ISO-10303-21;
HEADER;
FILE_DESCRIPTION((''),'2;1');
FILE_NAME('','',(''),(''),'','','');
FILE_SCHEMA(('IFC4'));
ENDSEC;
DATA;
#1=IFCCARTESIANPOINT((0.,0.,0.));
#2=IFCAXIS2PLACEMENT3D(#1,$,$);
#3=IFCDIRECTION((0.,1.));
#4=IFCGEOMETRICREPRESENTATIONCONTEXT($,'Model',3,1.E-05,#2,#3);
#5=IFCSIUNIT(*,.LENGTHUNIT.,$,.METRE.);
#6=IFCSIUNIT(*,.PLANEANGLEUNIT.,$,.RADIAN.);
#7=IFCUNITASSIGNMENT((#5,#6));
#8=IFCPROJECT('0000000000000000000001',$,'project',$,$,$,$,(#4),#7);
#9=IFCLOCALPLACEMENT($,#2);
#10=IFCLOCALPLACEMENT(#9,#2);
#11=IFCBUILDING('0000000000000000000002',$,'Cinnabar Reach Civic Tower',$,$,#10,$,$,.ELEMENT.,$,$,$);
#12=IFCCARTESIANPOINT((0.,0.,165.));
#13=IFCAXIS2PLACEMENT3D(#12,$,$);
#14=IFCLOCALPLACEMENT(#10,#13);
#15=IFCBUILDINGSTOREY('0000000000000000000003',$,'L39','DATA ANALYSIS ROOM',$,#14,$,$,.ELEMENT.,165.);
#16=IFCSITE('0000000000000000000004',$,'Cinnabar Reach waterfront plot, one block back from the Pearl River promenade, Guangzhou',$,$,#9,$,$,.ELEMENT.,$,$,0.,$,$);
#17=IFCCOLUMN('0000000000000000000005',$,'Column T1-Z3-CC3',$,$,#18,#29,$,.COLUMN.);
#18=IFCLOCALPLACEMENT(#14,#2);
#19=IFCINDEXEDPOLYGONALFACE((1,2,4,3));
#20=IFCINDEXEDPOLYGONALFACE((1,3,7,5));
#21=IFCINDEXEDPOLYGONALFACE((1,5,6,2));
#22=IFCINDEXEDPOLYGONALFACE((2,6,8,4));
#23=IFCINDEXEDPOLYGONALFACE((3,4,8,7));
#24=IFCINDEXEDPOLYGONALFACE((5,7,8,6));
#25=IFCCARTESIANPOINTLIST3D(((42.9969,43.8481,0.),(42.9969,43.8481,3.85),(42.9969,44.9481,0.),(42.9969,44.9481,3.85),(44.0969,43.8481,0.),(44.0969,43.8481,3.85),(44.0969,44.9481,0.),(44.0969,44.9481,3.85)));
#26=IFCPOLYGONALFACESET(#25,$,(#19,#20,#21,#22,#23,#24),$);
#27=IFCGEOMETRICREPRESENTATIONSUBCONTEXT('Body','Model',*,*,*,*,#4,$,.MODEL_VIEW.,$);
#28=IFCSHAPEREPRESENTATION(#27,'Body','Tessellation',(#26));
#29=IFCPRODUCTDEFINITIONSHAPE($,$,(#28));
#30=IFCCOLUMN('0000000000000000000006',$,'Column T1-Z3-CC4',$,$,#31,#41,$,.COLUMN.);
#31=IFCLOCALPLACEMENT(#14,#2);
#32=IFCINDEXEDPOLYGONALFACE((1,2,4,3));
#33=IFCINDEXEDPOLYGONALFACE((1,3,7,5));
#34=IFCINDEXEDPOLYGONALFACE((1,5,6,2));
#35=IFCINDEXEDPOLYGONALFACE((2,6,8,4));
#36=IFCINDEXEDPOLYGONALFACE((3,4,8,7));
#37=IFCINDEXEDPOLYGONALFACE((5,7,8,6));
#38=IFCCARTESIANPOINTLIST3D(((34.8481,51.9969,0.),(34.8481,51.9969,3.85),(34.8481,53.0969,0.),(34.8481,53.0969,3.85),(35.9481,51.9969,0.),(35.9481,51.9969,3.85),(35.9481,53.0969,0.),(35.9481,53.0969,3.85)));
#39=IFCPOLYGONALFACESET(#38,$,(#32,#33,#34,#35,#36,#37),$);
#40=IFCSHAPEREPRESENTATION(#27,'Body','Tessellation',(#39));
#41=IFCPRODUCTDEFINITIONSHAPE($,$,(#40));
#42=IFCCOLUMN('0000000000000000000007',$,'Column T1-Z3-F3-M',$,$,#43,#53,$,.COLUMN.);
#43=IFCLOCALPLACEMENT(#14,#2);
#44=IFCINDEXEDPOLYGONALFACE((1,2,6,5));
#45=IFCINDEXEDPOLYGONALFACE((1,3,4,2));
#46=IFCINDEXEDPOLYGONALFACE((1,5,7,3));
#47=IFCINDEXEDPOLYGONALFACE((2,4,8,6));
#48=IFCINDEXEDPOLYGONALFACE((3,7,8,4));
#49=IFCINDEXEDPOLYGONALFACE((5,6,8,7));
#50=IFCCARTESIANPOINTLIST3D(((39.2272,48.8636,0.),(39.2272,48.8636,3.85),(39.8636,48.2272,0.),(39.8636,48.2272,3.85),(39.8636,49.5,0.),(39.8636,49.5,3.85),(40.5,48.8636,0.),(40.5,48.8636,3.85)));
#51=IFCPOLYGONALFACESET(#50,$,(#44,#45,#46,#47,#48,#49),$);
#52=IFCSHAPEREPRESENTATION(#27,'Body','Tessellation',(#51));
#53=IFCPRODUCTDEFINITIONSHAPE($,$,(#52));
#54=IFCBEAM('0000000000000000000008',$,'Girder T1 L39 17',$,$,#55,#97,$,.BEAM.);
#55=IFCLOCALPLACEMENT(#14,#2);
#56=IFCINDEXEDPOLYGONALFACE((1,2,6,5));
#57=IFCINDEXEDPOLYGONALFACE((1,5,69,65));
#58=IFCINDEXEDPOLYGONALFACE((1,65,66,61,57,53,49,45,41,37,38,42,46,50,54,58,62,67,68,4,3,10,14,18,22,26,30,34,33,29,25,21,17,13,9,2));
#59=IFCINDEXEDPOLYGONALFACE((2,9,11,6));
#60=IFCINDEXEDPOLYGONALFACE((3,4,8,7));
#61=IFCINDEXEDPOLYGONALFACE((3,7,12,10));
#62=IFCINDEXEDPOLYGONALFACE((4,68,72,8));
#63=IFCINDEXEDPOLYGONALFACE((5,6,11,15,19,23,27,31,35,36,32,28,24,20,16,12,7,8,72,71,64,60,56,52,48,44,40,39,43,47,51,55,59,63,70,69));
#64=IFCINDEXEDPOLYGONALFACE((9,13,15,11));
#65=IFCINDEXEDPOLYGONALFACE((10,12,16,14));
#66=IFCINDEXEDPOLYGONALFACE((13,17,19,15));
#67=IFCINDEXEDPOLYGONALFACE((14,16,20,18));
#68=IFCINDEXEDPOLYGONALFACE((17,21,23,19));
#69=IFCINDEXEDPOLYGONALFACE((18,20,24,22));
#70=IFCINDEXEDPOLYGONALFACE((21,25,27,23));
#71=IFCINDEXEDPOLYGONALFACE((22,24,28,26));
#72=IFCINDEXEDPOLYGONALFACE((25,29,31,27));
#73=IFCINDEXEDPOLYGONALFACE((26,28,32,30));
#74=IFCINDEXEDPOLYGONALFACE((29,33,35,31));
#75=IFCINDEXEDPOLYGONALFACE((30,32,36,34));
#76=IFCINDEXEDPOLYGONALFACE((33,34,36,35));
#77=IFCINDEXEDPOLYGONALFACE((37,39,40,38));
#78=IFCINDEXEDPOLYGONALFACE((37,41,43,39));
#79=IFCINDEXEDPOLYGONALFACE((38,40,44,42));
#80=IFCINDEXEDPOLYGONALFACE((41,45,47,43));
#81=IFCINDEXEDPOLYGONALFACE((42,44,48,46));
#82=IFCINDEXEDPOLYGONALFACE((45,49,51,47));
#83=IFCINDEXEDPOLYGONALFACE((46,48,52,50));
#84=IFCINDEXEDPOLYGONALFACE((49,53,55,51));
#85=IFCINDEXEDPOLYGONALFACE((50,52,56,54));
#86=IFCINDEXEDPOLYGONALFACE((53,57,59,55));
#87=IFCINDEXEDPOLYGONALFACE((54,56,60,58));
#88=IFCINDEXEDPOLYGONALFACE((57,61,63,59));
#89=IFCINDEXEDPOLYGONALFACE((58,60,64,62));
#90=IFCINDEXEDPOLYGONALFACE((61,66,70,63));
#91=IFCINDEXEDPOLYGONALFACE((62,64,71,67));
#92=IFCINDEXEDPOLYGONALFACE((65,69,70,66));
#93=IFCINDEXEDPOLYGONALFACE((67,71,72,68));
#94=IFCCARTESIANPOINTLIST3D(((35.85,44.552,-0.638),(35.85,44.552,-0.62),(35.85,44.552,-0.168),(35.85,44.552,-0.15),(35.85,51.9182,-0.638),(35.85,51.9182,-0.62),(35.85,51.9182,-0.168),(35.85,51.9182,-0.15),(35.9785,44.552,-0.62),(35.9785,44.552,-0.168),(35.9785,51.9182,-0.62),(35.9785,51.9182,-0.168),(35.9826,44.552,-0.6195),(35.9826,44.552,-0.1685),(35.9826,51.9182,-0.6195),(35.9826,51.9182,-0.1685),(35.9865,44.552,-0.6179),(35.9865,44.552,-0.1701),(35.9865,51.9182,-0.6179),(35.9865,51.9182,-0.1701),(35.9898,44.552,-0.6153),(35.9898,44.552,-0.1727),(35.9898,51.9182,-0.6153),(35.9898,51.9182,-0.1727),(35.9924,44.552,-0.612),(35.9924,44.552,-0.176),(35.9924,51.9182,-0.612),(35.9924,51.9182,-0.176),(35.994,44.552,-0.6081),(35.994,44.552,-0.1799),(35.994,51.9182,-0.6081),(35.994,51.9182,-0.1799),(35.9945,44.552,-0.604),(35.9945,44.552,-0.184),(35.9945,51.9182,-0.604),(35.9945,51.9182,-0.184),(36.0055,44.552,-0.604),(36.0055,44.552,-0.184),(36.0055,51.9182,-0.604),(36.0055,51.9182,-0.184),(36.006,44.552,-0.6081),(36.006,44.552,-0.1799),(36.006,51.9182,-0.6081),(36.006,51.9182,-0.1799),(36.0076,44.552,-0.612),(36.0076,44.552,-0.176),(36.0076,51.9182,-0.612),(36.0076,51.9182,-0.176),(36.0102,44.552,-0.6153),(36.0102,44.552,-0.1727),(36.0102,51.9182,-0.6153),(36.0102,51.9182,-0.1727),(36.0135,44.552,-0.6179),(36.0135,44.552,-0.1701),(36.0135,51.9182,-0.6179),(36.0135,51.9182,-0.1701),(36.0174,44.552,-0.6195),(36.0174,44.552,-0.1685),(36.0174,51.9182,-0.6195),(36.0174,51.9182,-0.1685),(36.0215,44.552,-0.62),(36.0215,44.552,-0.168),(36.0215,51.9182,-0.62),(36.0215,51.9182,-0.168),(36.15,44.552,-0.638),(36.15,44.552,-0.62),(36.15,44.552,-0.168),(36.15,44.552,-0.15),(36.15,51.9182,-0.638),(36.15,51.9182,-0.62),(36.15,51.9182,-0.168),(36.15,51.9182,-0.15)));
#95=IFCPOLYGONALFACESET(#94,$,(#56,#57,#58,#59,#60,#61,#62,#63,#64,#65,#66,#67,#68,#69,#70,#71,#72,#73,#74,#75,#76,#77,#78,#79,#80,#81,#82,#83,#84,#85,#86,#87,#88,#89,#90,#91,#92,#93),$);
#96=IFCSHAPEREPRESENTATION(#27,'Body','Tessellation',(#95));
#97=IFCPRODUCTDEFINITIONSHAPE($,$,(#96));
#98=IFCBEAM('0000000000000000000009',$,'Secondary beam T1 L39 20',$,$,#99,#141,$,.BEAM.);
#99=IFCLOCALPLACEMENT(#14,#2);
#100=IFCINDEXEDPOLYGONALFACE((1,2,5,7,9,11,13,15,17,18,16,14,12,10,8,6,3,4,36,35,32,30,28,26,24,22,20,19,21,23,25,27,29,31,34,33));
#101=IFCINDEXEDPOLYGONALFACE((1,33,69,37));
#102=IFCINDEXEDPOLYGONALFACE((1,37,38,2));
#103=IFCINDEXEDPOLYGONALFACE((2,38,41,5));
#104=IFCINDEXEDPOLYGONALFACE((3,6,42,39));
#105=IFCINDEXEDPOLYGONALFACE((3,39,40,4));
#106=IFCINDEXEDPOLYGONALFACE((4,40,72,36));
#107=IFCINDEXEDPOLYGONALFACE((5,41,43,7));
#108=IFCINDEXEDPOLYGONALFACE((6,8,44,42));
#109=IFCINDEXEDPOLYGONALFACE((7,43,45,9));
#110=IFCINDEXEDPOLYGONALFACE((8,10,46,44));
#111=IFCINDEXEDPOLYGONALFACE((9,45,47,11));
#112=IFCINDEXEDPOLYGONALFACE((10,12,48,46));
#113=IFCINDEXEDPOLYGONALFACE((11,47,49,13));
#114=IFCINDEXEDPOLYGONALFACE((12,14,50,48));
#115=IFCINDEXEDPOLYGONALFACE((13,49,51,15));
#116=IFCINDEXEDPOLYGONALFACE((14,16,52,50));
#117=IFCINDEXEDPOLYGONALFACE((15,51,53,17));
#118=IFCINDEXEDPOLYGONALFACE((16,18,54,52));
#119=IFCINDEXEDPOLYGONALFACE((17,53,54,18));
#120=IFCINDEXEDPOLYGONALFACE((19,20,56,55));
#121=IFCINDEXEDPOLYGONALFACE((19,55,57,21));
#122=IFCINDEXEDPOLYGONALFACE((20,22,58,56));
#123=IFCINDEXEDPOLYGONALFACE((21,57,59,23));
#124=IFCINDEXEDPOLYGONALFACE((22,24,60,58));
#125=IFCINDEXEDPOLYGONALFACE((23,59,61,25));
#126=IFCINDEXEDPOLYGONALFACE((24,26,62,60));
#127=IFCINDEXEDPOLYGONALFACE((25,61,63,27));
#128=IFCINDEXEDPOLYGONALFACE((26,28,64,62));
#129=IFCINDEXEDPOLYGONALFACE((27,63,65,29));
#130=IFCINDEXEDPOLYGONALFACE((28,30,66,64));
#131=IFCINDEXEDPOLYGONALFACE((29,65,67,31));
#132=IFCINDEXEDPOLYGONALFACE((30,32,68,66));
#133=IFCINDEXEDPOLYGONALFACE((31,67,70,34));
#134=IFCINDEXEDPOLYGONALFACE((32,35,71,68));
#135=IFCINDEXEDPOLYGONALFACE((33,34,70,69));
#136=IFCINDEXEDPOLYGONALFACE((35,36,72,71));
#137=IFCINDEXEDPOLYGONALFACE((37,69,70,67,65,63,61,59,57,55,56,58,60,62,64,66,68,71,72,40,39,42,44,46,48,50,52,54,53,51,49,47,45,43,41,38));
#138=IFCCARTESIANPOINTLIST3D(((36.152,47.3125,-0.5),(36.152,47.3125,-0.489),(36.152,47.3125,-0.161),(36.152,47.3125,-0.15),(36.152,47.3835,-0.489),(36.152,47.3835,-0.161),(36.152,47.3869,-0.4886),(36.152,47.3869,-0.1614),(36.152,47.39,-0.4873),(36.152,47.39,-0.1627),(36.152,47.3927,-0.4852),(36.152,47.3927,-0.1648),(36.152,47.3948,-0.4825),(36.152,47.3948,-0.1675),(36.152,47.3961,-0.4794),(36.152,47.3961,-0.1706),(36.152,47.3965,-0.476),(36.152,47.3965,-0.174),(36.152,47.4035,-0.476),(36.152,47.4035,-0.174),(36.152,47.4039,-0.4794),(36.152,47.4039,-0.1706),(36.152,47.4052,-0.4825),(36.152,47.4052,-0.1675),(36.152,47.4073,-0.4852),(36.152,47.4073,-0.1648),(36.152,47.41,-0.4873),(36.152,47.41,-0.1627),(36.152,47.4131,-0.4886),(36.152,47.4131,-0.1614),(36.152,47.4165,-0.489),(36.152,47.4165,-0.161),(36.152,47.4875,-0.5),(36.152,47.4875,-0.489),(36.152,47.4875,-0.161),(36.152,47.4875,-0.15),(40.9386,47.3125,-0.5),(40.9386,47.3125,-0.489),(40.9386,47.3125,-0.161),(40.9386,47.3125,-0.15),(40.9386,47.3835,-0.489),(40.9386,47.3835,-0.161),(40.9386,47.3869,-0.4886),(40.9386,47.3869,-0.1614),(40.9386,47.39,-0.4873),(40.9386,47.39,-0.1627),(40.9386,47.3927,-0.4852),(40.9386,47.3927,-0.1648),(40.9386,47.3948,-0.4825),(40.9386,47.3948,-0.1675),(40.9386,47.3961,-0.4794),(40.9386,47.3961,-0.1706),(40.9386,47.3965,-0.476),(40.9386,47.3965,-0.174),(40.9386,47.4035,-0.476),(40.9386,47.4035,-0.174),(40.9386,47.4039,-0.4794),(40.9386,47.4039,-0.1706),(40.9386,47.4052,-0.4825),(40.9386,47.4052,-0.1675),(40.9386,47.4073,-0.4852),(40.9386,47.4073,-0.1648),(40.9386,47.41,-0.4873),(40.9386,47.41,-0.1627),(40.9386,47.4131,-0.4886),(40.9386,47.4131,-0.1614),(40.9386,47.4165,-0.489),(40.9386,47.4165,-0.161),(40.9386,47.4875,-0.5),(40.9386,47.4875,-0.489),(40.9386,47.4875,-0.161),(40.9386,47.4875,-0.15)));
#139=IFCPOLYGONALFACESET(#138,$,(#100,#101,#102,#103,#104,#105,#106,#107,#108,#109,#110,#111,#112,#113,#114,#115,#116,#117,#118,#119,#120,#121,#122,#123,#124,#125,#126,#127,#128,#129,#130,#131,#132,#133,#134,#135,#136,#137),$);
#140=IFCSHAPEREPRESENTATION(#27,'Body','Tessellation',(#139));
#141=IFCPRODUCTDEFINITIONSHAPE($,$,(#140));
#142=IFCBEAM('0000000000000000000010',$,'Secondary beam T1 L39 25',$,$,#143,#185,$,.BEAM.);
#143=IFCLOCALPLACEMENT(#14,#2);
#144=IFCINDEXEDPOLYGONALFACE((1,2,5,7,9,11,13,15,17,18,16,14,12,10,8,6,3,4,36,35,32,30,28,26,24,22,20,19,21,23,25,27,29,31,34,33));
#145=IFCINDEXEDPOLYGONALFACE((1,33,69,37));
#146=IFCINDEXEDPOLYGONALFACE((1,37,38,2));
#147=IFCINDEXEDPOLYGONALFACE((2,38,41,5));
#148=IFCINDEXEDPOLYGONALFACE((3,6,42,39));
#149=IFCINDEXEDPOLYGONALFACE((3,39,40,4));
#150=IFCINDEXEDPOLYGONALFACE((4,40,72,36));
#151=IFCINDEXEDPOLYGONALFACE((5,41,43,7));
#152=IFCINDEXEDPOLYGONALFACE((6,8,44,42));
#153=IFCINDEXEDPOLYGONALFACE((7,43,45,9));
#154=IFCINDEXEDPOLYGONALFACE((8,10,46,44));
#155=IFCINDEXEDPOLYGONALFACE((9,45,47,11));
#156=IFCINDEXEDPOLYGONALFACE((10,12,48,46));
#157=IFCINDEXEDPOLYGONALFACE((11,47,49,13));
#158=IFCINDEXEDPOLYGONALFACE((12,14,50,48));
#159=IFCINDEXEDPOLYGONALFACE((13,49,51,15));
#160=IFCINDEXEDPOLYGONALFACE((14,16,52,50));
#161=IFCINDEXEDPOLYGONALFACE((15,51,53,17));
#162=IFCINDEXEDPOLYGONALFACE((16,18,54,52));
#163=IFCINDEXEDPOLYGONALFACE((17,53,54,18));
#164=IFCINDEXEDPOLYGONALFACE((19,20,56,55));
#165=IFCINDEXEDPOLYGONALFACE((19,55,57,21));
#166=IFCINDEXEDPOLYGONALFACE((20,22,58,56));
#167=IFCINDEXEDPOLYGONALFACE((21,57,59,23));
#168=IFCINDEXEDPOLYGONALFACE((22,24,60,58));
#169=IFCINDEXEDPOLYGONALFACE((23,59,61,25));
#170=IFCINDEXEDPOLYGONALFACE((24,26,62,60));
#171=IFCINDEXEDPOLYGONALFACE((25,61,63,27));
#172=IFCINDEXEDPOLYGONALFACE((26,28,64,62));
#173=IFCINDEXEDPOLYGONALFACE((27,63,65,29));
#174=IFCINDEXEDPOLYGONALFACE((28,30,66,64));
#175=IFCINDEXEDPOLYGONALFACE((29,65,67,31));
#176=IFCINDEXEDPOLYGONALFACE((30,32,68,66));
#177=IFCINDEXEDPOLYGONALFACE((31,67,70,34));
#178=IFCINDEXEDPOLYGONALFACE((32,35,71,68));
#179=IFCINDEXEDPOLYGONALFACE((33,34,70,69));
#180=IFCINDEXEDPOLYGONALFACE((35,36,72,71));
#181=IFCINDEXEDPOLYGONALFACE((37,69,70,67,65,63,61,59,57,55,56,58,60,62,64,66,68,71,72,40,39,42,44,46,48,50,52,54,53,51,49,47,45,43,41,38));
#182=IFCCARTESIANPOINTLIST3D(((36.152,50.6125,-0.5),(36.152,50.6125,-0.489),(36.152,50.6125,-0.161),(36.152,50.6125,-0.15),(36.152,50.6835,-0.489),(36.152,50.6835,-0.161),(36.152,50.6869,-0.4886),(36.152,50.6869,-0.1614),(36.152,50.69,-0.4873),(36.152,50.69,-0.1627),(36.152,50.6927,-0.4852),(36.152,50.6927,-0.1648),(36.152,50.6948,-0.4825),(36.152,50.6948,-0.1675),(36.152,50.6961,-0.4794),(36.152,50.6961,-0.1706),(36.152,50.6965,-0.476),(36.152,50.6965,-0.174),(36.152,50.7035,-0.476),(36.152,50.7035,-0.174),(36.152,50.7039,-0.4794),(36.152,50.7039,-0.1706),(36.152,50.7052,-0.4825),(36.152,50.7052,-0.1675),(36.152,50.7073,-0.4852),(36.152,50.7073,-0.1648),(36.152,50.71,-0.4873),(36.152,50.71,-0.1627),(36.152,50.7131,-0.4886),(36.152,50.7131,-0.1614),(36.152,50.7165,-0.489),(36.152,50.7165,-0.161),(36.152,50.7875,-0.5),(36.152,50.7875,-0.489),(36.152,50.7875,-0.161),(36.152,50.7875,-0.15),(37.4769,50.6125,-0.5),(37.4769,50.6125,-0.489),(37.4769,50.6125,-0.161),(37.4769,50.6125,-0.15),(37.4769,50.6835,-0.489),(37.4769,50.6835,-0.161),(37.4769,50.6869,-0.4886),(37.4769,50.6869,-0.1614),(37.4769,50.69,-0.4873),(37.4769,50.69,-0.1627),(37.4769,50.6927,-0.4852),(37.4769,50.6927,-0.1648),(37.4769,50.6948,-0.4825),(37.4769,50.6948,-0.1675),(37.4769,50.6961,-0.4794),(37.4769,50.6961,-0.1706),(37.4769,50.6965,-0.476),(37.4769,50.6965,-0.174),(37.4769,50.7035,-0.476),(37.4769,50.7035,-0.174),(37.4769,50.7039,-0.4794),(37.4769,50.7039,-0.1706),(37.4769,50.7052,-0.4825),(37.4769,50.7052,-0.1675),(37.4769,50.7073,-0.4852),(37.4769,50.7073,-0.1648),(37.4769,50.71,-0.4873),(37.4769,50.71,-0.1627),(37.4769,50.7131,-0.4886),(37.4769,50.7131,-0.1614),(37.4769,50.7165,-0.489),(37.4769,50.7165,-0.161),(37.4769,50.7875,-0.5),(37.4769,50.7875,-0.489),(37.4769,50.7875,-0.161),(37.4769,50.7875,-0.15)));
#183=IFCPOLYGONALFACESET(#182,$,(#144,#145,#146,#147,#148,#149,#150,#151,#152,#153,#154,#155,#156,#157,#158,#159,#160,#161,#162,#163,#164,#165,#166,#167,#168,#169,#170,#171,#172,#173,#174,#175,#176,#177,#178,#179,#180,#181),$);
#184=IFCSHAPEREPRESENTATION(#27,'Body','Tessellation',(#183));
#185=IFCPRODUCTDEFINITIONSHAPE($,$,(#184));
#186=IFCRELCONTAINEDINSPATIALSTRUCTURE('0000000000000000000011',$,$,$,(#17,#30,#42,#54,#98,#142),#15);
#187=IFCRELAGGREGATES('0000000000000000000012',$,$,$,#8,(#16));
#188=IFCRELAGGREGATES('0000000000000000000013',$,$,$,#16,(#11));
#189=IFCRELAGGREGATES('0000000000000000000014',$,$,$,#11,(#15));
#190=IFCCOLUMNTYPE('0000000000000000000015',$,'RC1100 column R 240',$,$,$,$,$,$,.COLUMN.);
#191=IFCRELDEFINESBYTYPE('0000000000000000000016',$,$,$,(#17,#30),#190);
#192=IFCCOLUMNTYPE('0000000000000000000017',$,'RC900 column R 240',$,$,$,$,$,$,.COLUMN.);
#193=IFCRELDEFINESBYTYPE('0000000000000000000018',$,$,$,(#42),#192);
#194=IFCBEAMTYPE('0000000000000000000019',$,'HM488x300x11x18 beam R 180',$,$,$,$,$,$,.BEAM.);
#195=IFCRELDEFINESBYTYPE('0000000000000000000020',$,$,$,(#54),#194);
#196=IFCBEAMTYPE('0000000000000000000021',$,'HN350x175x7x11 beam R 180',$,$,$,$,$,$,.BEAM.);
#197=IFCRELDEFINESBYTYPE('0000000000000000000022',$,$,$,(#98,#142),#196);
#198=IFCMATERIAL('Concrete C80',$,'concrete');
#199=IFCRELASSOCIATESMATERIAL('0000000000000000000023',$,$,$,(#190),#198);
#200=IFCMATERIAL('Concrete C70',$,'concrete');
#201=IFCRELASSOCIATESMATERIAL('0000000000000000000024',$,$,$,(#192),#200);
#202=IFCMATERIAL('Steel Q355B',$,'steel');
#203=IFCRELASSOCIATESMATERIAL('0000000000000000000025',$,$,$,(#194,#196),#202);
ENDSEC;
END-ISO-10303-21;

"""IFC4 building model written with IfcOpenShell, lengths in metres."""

from ifc_helpers import new_model, si_unit, direction, frame, origin, origin_2d, place, context, subcontext, project, spatial, rectangle, i_section, extrude, material, material_profile, profile_set, type_object, element, save


model = new_model("IFC4")

# Units and contexts
model_context = context("Model", 3, precision=1e-05, world=origin(), true_north=direction((0.0, 1.0)))
body_context = subcontext(model_context, "Body", "Model", "MODEL_VIEW")
ifc_project = project(units=[si_unit("LENGTHUNIT", "METRE"), si_unit("PLANEANGLEUNIT", "RADIAN")], contexts=[model_context])

# Site, building, storey
site_placement = place(None, origin())
site = spatial("IfcSite", under=ifc_project, at=site_placement, Name="Cinnabar Reach waterfront plot, one block back from the Pearl River promenade, Guangzhou", CompositionType="ELEMENT", RefElevation=0.0)
building_placement = place(site_placement, origin())
building = spatial("IfcBuilding", under=site, at=building_placement, Name="Cinnabar Reach Civic Tower", CompositionType="ELEMENT")
storey_placement = place(building_placement, frame((0.0, 0.0, 165.0)))
storey = spatial("IfcBuildingStorey", under=building, at=storey_placement, Name="L39", Description="DATA ANALYSIS ROOM", CompositionType="ELEMENT", Elevation=165.0)

# Columns
ifc_material_1 = material(Name="Concrete C80", Category="concrete")
ifc_material_profile_1 = material_profile(ifc_material_1, rectangle(XDim=1.1, YDim=1.1, at=origin_2d()), Name="RC1100")
ifc_profile_set_1 = profile_set([ifc_material_profile_1], Name="Concrete C80")
column_type_1 = type_object("IfcColumnType", Name="RC1100 column R 240", PredefinedType="COLUMN", material=ifc_profile_set_1)
for number, where, z_axis, x_axis, name in (
    (1, (43.5469, 44.3981, 0.0), (0.0, 0.0, 1.0), (1.0, 0.0, 0.0), "Column T1-Z3-CC3"),
    (2, (35.3981, 52.5469, 0.0), (0.0, 0.0, 1.0), (1.0, 0.0, 0.0), "Column T1-Z3-CC4"),
):
    element("IfcColumn", number, at=place(storey_placement, frame(where, z_axis=z_axis, x_axis=x_axis)), inside=storey, type_object=column_type_1, Name=name, PredefinedType="COLUMN", context=body_context, shape_type="SweptSolid", body=[
        extrude(rectangle(XDim=1.1, YDim=1.1, at=origin_2d()), origin(), (0.0, 0.0, 1.0), 3.85),
    ])
ifc_material_2 = material(Name="Concrete C70", Category="concrete")
ifc_material_profile_2 = material_profile(ifc_material_2, rectangle(XDim=0.9, YDim=0.9, at=origin_2d()), Name="RC900")
ifc_profile_set_2 = profile_set([ifc_material_profile_2], Name="Concrete C70")
column_type_2 = type_object("IfcColumnType", Name="RC900 column R 240", PredefinedType="COLUMN", material=ifc_profile_set_2)
column_placement = place(storey_placement, frame((39.8636, 48.8636, 0.0), z_axis=(0.0, 0.0, 1.0), x_axis=(0.707107, 0.707107, 0.0)))
element("IfcColumn", 3, at=column_placement, inside=storey, type_object=column_type_2, Name="Column T1-Z3-F3-M", PredefinedType="COLUMN", context=body_context, shape_type="SweptSolid", body=[
    extrude(rectangle(XDim=0.9, YDim=0.9, at=origin_2d()), origin(), (0.0, 0.0, 1.0), 3.85),
])

# Beams
ifc_material_3 = material(Name="Steel Q355B", Category="steel")
ifc_material_profile_3 = material_profile(ifc_material_3, i_section(OverallWidth=0.3, OverallDepth=0.488, WebThickness=0.011, FlangeThickness=0.018, FilletRadius=0.016, at=origin_2d()), Name="HM488x300x11x18")
ifc_profile_set_3 = profile_set([ifc_material_profile_3], Name="Steel Q355B")
beam_type_1 = type_object("IfcBeamType", Name="HM488x300x11x18 beam R 180", PredefinedType="BEAM", material=ifc_profile_set_3)
beam_1_placement = place(storey_placement, frame((36.0, 44.552, -0.394), z_axis=(0.0, 1.0, 0.0), x_axis=(-1.0, 0.0, 0.0)))
element("IfcBeam", 4, at=beam_1_placement, inside=storey, type_object=beam_type_1, Name="Girder T1 L39 17", PredefinedType="BEAM", context=body_context, shape_type="SweptSolid", body=[
    extrude(i_section(OverallWidth=0.3, OverallDepth=0.488, WebThickness=0.011, FlangeThickness=0.018, FilletRadius=0.016, at=origin_2d()), origin(), (0.0, 0.0, 1.0), 7.3662),
])
ifc_material_profile_4 = material_profile(ifc_material_3, i_section(OverallWidth=0.175, OverallDepth=0.35, WebThickness=0.007, FlangeThickness=0.011, FilletRadius=0.013, at=origin_2d()), Name="HN350x175x7x11")
ifc_profile_set_4 = profile_set([ifc_material_profile_4], Name="Steel Q355B")
beam_type_2 = type_object("IfcBeamType", Name="HN350x175x7x11 beam R 180", PredefinedType="BEAM", material=ifc_profile_set_4)
beam_2_placement = place(storey_placement, frame((36.152, 47.4, -0.325), z_axis=(1.0, 0.0, 0.0), x_axis=(0.0, 1.0, 0.0)))
element("IfcBeam", 5, at=beam_2_placement, inside=storey, type_object=beam_type_2, Name="Secondary beam T1 L39 20", PredefinedType="BEAM", context=body_context, shape_type="SweptSolid", body=[
    extrude(i_section(OverallWidth=0.175, OverallDepth=0.35, WebThickness=0.007, FlangeThickness=0.011, FilletRadius=0.013, at=origin_2d()), origin(), (0.0, 0.0, 1.0), 4.7866),
])
beam_3_placement = place(storey_placement, frame((36.152, 50.7, -0.325), z_axis=(1.0, 0.0, 0.0), x_axis=(0.0, 1.0, 0.0)))
element("IfcBeam", 6, at=beam_3_placement, inside=storey, type_object=beam_type_2, Name="Secondary beam T1 L39 25", PredefinedType="BEAM", context=body_context, shape_type="SweptSolid", body=[
    extrude(i_section(OverallWidth=0.175, OverallDepth=0.35, WebThickness=0.007, FlangeThickness=0.011, FilletRadius=0.013, at=origin_2d()), origin(), (0.0, 0.0, 1.0), 1.3249),
])

save(model, "model.ifc")
